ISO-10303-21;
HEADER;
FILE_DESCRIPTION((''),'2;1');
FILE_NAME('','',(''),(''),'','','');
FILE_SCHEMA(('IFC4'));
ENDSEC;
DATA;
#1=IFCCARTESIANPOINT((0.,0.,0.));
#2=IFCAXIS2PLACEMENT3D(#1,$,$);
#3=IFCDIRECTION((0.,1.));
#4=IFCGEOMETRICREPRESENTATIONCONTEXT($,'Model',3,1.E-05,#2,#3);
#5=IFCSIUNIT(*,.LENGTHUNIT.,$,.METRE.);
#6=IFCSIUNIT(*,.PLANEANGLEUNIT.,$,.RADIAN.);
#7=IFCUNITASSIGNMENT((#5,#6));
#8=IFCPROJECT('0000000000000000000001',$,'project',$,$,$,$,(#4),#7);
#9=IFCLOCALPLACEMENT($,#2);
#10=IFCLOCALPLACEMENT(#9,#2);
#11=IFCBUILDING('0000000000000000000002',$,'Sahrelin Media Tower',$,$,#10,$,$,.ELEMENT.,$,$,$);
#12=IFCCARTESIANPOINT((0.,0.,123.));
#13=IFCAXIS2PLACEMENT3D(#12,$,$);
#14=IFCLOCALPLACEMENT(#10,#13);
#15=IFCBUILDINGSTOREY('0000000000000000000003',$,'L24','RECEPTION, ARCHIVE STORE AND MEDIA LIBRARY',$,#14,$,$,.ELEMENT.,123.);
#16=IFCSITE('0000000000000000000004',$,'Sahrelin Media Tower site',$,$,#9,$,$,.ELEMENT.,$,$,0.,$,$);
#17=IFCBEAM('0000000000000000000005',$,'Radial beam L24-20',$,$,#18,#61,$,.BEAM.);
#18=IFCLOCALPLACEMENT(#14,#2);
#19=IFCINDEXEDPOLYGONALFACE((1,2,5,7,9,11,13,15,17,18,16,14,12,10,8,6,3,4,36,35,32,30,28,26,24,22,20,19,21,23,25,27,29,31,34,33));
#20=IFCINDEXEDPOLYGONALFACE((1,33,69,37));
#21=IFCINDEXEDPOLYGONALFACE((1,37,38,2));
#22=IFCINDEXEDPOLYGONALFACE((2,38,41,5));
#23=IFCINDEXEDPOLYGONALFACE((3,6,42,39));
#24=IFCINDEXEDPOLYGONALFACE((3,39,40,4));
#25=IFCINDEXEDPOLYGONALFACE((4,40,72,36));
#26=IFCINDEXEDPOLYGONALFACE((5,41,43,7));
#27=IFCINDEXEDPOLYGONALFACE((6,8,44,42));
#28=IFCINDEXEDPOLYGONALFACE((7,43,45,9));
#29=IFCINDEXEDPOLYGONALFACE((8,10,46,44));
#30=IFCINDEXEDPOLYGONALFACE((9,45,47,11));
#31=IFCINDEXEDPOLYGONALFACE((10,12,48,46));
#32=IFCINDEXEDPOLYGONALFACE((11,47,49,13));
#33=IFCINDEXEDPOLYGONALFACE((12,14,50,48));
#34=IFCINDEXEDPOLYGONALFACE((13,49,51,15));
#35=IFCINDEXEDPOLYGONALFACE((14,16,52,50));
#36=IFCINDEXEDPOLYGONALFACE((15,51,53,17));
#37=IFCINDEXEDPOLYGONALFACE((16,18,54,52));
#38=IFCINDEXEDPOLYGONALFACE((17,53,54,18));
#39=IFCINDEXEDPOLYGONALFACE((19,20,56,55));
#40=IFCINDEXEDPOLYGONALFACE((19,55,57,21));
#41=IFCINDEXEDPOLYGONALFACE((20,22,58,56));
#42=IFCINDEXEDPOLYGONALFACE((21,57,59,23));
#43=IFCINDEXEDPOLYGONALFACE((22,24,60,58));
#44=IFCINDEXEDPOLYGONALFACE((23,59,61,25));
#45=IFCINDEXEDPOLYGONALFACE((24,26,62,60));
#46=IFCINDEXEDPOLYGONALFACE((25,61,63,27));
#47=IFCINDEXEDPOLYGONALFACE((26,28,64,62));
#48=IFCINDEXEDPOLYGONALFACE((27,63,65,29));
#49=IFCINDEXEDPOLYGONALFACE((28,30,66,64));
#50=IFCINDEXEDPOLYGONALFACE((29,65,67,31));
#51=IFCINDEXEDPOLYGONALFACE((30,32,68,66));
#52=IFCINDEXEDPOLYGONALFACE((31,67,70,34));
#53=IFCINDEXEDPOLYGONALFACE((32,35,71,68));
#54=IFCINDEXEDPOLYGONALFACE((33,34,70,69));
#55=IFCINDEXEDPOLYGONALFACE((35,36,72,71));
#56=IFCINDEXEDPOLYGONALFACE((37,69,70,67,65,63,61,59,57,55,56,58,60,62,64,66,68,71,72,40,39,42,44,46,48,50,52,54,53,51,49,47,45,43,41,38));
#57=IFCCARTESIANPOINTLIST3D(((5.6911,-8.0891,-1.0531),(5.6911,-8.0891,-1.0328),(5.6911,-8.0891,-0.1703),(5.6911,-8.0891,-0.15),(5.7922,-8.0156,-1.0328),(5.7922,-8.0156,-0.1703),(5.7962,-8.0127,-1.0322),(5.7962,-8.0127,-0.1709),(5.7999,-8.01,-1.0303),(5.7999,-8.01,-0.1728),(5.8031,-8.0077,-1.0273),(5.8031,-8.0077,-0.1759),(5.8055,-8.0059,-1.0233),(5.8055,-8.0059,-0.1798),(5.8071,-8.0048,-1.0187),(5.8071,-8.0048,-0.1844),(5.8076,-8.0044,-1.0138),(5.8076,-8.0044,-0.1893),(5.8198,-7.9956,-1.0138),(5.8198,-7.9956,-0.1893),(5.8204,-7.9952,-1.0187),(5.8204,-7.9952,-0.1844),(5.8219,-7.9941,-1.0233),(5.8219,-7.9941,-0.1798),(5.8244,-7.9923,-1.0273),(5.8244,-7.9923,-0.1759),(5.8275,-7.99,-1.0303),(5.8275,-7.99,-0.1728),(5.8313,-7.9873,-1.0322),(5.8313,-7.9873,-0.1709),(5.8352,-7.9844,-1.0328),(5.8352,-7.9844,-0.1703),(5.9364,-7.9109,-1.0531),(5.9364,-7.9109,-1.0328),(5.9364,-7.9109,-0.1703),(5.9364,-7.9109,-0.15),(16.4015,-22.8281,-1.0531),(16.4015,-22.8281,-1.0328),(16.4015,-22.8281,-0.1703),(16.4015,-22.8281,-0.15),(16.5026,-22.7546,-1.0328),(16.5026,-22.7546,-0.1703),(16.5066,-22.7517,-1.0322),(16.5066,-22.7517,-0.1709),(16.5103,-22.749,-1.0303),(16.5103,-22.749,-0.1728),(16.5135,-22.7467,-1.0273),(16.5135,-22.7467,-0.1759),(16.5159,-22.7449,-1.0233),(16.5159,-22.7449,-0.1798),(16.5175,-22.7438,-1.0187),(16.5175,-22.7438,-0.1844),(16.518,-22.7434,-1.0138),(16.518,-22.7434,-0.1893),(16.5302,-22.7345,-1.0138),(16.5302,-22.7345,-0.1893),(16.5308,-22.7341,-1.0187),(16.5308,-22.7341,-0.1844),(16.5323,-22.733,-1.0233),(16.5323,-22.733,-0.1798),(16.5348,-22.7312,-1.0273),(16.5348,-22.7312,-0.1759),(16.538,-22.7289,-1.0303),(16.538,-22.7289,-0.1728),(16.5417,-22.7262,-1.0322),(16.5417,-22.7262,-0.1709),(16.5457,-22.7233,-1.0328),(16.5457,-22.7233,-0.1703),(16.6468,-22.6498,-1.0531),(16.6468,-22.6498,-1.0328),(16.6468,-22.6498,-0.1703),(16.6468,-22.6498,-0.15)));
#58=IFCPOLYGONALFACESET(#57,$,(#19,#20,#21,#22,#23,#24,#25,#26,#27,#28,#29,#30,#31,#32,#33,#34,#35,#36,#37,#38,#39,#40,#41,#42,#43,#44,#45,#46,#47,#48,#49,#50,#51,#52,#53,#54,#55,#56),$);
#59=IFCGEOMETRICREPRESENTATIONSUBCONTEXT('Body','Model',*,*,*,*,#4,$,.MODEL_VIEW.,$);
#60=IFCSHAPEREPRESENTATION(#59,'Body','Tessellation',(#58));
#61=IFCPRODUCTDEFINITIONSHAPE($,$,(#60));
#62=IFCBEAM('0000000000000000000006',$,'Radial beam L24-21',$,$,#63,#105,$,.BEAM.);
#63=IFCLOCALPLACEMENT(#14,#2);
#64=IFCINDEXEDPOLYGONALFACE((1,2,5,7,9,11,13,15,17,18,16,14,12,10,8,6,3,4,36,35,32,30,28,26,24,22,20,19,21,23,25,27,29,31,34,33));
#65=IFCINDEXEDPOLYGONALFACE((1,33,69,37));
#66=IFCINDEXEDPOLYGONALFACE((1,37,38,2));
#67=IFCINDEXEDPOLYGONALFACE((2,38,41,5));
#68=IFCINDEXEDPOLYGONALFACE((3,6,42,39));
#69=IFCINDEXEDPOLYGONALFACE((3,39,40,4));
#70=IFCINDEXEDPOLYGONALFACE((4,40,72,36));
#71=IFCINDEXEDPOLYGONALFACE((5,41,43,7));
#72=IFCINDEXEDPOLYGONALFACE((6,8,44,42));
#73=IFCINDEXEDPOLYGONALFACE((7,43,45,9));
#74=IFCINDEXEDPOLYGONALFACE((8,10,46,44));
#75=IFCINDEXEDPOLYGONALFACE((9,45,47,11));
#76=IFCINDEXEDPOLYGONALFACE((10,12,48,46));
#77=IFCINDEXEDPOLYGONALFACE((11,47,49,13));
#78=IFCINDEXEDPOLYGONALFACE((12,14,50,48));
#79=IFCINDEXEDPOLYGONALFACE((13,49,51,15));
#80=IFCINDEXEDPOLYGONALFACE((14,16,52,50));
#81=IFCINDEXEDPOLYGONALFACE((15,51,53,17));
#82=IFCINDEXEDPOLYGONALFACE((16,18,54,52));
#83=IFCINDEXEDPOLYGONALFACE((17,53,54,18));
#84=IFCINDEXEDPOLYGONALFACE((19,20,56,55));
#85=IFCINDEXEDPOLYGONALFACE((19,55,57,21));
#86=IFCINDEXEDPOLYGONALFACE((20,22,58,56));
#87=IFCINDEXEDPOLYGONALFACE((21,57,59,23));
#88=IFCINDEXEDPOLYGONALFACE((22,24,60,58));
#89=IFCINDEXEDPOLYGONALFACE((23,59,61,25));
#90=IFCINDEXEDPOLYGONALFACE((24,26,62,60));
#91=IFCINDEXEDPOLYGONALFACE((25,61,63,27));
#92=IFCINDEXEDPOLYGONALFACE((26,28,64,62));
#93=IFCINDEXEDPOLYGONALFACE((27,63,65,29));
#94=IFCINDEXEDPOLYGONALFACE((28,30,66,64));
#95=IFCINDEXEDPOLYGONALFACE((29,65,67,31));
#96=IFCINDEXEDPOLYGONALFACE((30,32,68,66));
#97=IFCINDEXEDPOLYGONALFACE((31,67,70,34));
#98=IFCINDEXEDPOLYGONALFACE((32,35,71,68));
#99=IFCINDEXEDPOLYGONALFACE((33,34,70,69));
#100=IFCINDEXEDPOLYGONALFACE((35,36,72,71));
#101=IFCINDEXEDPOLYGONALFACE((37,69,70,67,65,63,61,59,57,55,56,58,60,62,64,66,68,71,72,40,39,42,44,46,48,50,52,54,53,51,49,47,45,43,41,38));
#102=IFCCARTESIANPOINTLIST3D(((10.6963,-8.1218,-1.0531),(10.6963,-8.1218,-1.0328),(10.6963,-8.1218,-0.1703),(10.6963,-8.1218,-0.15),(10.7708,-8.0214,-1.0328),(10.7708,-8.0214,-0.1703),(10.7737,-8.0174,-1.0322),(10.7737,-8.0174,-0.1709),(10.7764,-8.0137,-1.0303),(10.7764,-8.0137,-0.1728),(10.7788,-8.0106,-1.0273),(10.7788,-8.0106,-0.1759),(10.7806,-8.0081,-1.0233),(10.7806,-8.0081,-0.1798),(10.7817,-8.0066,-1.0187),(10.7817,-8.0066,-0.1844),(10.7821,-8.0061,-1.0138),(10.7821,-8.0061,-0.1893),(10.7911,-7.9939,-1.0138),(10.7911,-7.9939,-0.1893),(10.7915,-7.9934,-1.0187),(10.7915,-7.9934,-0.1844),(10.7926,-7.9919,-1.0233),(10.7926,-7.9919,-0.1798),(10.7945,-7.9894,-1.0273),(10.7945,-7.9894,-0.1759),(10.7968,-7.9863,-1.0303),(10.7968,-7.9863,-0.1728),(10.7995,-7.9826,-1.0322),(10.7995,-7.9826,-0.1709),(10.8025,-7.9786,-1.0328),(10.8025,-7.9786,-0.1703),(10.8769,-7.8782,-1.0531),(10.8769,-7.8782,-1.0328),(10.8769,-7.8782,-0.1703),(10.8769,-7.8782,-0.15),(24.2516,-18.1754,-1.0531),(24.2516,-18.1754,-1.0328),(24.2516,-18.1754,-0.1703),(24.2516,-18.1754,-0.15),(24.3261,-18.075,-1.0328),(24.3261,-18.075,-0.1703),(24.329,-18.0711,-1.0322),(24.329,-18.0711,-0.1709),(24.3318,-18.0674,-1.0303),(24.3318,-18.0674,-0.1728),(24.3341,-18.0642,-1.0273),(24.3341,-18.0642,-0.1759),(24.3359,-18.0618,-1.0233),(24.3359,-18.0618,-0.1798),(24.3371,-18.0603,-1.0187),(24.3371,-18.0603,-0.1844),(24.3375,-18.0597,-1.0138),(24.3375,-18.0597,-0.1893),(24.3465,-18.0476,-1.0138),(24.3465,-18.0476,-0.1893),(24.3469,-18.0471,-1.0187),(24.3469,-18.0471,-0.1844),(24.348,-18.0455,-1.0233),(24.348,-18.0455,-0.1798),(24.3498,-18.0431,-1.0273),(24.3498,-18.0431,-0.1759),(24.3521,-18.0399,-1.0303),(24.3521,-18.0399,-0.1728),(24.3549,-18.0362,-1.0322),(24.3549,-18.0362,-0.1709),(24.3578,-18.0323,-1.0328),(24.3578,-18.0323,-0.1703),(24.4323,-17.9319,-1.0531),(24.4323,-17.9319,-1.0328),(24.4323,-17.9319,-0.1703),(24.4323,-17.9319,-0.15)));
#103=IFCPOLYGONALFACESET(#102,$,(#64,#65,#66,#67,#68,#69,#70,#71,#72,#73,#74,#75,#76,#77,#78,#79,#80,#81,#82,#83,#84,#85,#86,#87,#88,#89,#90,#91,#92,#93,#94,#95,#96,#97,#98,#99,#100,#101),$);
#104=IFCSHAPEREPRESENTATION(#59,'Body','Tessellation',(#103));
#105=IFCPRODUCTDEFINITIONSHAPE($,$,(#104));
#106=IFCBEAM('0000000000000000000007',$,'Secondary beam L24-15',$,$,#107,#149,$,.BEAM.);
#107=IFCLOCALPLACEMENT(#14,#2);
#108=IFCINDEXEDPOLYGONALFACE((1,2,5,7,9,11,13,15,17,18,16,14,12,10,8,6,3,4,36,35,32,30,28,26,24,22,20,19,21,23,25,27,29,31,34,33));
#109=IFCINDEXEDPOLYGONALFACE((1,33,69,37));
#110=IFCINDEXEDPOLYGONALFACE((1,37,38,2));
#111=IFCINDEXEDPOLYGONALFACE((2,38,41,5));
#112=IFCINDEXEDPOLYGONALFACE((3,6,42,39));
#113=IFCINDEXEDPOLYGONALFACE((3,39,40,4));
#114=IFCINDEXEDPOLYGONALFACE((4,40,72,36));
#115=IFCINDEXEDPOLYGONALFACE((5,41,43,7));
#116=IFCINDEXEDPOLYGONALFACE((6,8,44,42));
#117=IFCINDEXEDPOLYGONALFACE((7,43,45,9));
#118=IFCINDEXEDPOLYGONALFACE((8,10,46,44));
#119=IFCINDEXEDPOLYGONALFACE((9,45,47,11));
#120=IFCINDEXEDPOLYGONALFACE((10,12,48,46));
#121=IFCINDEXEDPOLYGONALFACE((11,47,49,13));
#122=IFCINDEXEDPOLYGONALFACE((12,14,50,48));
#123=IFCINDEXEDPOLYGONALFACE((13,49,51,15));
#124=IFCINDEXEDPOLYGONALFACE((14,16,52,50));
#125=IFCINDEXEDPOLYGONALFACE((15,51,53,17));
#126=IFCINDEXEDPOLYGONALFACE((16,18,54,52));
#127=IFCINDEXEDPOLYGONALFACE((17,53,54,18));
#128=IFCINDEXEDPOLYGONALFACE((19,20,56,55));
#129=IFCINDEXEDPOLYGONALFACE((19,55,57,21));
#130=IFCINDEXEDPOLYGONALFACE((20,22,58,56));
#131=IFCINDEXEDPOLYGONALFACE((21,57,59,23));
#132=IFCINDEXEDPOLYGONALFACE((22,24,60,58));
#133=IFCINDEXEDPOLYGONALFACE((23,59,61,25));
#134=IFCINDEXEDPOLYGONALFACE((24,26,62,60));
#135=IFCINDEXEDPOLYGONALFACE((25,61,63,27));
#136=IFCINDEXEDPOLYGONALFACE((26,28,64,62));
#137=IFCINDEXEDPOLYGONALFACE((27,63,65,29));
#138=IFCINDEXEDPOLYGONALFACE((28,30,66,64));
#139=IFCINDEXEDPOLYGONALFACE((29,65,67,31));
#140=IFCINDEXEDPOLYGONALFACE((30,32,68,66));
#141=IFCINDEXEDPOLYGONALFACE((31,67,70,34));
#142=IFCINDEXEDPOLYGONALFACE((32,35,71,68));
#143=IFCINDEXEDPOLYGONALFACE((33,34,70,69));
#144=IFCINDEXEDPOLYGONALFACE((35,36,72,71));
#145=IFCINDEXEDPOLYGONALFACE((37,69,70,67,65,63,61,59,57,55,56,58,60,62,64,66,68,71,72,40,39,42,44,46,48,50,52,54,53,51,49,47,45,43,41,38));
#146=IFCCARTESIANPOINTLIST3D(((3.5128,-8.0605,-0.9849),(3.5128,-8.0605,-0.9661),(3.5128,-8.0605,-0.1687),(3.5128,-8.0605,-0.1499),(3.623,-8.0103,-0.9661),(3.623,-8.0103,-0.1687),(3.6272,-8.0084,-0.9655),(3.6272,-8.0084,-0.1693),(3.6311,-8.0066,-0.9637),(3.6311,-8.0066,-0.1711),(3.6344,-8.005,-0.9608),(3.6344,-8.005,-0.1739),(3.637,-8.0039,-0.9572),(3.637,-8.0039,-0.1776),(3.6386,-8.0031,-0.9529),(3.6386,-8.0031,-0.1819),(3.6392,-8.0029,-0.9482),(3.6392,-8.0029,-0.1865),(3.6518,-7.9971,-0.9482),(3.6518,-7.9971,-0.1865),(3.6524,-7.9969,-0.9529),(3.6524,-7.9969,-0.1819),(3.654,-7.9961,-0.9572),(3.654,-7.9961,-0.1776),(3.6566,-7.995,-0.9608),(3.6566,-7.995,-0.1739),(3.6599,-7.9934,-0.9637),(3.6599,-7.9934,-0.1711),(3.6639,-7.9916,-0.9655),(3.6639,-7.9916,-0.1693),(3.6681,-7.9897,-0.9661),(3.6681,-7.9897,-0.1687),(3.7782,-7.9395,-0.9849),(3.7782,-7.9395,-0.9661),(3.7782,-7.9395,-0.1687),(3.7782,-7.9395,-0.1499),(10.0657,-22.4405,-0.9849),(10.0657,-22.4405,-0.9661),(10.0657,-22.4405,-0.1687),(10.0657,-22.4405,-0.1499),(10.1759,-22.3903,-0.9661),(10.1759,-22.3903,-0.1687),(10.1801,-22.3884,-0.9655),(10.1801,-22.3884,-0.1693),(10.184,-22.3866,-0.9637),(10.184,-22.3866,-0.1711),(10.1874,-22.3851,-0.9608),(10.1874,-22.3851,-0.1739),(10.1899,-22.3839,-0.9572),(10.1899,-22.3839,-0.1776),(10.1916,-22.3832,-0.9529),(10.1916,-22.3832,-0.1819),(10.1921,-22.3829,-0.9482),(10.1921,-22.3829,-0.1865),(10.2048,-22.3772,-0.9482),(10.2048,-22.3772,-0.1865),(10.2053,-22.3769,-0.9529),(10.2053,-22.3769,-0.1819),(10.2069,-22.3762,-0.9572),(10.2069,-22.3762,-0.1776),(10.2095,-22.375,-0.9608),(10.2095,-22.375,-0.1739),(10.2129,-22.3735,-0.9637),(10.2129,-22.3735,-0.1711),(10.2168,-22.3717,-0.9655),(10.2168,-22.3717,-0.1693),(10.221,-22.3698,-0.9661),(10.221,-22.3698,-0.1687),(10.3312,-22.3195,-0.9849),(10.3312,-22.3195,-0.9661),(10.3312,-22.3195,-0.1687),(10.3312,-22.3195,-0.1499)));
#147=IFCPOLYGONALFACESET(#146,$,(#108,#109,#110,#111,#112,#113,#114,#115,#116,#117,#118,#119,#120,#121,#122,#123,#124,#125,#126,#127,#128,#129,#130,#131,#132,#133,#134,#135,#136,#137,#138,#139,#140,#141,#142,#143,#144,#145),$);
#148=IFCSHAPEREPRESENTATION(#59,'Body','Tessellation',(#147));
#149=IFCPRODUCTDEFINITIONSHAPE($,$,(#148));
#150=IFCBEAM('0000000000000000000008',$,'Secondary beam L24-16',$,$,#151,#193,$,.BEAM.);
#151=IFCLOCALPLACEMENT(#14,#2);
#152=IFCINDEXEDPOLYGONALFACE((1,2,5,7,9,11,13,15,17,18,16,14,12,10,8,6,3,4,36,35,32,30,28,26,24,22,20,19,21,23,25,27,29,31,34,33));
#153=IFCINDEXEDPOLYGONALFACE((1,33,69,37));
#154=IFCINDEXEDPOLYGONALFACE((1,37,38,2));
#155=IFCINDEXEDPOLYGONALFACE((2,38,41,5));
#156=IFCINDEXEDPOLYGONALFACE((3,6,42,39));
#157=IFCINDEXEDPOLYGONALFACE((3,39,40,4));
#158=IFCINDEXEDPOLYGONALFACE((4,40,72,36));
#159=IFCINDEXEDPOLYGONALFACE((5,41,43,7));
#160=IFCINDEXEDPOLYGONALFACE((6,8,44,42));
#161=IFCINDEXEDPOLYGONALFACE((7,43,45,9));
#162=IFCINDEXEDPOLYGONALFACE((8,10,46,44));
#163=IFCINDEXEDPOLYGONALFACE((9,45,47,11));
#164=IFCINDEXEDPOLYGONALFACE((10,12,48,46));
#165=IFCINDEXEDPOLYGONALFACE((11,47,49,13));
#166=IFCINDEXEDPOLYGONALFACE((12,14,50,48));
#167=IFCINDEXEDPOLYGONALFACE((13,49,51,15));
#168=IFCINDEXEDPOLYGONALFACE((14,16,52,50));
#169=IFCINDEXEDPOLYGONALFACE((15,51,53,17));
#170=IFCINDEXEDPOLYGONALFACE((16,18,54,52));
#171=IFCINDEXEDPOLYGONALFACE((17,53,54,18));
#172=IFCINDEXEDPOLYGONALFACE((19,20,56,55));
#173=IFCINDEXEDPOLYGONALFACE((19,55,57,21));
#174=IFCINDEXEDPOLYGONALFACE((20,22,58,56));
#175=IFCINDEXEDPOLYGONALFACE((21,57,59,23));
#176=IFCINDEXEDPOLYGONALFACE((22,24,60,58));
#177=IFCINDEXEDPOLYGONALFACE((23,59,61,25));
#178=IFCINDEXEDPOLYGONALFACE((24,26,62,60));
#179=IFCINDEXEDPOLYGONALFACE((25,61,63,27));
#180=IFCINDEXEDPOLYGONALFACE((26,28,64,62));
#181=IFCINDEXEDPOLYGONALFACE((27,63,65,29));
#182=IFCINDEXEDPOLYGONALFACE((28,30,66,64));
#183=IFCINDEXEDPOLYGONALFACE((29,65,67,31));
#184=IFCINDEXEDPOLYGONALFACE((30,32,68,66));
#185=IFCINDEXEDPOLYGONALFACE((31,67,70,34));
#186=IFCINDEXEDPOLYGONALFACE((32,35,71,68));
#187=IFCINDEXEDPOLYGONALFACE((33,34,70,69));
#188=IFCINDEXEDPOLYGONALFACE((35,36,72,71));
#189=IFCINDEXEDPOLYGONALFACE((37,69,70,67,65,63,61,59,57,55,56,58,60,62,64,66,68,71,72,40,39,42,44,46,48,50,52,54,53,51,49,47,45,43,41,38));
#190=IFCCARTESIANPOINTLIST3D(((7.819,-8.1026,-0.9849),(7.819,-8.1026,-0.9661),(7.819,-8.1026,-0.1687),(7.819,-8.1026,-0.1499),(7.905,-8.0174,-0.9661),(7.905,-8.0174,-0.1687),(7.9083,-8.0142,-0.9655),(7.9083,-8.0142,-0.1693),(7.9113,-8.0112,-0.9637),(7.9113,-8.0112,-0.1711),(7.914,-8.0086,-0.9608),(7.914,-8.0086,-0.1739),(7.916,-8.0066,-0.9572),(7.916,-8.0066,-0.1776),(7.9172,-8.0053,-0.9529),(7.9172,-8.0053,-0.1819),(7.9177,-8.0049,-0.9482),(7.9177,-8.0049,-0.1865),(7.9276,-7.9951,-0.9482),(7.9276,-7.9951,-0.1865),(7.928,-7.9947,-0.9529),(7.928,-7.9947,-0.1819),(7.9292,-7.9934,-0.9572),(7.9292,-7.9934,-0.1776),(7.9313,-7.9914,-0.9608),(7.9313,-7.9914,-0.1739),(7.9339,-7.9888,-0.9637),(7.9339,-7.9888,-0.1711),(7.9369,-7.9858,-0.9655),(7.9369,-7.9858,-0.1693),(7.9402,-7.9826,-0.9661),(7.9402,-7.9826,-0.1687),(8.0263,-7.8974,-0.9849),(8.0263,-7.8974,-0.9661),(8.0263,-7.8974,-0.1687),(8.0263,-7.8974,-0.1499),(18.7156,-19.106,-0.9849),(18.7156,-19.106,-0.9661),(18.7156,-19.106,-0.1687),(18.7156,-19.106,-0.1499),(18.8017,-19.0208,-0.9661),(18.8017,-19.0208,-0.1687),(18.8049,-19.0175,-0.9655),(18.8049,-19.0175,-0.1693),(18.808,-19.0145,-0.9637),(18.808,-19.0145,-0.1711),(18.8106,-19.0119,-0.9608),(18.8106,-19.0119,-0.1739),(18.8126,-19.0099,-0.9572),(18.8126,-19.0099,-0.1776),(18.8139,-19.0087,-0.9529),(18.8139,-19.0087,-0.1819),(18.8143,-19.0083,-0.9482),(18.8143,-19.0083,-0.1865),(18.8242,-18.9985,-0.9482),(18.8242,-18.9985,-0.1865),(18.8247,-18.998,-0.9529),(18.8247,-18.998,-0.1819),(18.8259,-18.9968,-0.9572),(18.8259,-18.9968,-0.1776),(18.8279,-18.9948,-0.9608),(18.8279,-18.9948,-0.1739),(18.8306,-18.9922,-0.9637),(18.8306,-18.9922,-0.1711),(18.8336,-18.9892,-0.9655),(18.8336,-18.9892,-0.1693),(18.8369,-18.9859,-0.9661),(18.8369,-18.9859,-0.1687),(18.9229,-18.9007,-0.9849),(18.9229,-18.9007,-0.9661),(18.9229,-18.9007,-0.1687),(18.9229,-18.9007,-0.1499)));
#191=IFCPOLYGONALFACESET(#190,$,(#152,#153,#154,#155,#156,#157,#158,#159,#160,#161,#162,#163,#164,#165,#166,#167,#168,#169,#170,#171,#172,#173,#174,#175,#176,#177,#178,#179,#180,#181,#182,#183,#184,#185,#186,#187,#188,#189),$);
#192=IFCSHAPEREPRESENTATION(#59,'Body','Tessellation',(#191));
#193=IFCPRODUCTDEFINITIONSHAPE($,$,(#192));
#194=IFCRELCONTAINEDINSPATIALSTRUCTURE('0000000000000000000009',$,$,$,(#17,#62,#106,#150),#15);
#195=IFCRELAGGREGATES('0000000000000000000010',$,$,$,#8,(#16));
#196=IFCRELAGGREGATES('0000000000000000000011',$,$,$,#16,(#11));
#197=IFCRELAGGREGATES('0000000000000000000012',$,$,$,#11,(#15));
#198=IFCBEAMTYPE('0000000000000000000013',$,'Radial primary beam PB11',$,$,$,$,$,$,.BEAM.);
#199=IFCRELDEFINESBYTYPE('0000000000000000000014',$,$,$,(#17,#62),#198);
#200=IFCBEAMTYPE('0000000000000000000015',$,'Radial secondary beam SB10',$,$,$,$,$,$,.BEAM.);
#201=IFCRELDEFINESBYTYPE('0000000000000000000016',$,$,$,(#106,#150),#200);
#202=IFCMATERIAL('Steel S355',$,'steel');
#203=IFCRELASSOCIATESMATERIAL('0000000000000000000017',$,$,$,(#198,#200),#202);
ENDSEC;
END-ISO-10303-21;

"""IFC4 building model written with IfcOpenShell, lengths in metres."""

from ifc_helpers import new_model, si_unit, direction, frame, origin, origin_2d, place, context, subcontext, project, spatial, i_section, extrude, material, material_profile, profile_set, type_object, element, save


model = new_model("IFC4")

# Units and contexts
model_context = context("Model", 3, precision=1e-05, world=origin(), true_north=direction((0.0, 1.0)))
body_context = subcontext(model_context, "Body", "Model", "MODEL_VIEW")
ifc_project = project(units=[si_unit("LENGTHUNIT", "METRE"), si_unit("PLANEANGLEUNIT", "RADIAN")], contexts=[model_context])

# Site, building, storey
site_placement = place(None, origin())
site = spatial("IfcSite", under=ifc_project, at=site_placement, Name="Sahrelin Media Tower site", CompositionType="ELEMENT", RefElevation=0.0)
building_placement = place(site_placement, origin())
building = spatial("IfcBuilding", under=site, at=building_placement, Name="Sahrelin Media Tower", CompositionType="ELEMENT")
storey_placement = place(building_placement, frame((0.0, 0.0, 123.0)))
storey = spatial("IfcBuildingStorey", under=building, at=storey_placement, Name="L24", Description="RECEPTION, ARCHIVE STORE AND MEDIA LIBRARY", CompositionType="ELEMENT", Elevation=123.0)

# Shared definitions
ifc_material_1 = material(Name="Steel S355", Category="steel")

# Beams
ifc_material_profile_1 = material_profile(ifc_material_1, i_section(OverallWidth=0.3032, OverallDepth=0.9031, WebThickness=0.0151, FlangeThickness=0.0203, FilletRadius=0.019, at=origin_2d()), Name="UB 914x305x201")
ifc_profile_set_1 = profile_set([ifc_material_profile_1], Name="Steel S355")
beam_type_1 = type_object("IfcBeamType", Name="Radial primary beam PB11", PredefinedType="BEAM", material=ifc_profile_set_1)
beam_1_placement = place(storey_placement, frame((5.8137, -8.0, -0.6016), z_axis=(0.587855, -0.808967, 0.0), x_axis=(0.808967, 0.587855, 0.0)))
element("IfcBeam", 1, at=beam_1_placement, inside=storey, type_object=beam_type_1, Name="Radial beam L24-20", PredefinedType="BEAM", context=body_context, shape_type="SweptSolid", body=[
    extrude(i_section(OverallWidth=0.3032, OverallDepth=0.9031, WebThickness=0.0151, FlangeThickness=0.0203, FilletRadius=0.019, at=origin_2d()), origin(), (0.0, 0.0, 1.0), 18.2195),
])
beam_2_placement = place(storey_placement, frame((10.7866, -8.0, -0.6016), z_axis=(0.803198, -0.595712, 0.0), x_axis=(0.595712, 0.803198, 0.0)))
element("IfcBeam", 2, at=beam_2_placement, inside=storey, type_object=beam_type_1, Name="Radial beam L24-21", PredefinedType="BEAM", context=body_context, shape_type="SweptSolid", body=[
    extrude(i_section(OverallWidth=0.3032, OverallDepth=0.9031, WebThickness=0.0151, FlangeThickness=0.0203, FilletRadius=0.019, at=origin_2d()), origin(), (0.0, 0.0, 1.0), 16.8767),
])
ifc_material_profile_2 = material_profile(ifc_material_1, i_section(OverallWidth=0.2917, OverallDepth=0.835, WebThickness=0.0139, FlangeThickness=0.0188, FilletRadius=0.0178, at=origin_2d()), Name="UB 838x292x176")
ifc_profile_set_2 = profile_set([ifc_material_profile_2], Name="Steel S355")
beam_type_2 = type_object("IfcBeamType", Name="Radial secondary beam SB10", PredefinedType="BEAM", material=ifc_profile_set_2)
beam_3_placement = place(storey_placement, frame((3.6455, -8.0, -0.5674), z_axis=(0.414671, -0.909971, 0.0), x_axis=(0.909971, 0.414671, 0.0)))
element("IfcBeam", 3, at=beam_3_placement, inside=storey, type_object=beam_type_2, Name="Secondary beam L24-15", PredefinedType="BEAM", context=body_context, shape_type="SweptSolid", body=[
    extrude(i_section(OverallWidth=0.2917, OverallDepth=0.835, WebThickness=0.0139, FlangeThickness=0.0188, FilletRadius=0.0178, at=origin_2d()), origin(), (0.0, 0.0, 1.0), 15.8027),
])
beam_4_placement = place(storey_placement, frame((7.9226, -8.0, -0.5674), z_axis=(0.703654, -0.710543, 0.0), x_axis=(0.710543, 0.703654, 0.0)))
element("IfcBeam", 4, at=beam_4_placement, inside=storey, type_object=beam_type_2, Name="Secondary beam L24-16", PredefinedType="BEAM", context=body_context, shape_type="SweptSolid", body=[
    extrude(i_section(OverallWidth=0.2917, OverallDepth=0.835, WebThickness=0.0139, FlangeThickness=0.0188, FilletRadius=0.0178, at=origin_2d()), origin(), (0.0, 0.0, 1.0), 15.4858),
])

save(model, "model.ifc")
